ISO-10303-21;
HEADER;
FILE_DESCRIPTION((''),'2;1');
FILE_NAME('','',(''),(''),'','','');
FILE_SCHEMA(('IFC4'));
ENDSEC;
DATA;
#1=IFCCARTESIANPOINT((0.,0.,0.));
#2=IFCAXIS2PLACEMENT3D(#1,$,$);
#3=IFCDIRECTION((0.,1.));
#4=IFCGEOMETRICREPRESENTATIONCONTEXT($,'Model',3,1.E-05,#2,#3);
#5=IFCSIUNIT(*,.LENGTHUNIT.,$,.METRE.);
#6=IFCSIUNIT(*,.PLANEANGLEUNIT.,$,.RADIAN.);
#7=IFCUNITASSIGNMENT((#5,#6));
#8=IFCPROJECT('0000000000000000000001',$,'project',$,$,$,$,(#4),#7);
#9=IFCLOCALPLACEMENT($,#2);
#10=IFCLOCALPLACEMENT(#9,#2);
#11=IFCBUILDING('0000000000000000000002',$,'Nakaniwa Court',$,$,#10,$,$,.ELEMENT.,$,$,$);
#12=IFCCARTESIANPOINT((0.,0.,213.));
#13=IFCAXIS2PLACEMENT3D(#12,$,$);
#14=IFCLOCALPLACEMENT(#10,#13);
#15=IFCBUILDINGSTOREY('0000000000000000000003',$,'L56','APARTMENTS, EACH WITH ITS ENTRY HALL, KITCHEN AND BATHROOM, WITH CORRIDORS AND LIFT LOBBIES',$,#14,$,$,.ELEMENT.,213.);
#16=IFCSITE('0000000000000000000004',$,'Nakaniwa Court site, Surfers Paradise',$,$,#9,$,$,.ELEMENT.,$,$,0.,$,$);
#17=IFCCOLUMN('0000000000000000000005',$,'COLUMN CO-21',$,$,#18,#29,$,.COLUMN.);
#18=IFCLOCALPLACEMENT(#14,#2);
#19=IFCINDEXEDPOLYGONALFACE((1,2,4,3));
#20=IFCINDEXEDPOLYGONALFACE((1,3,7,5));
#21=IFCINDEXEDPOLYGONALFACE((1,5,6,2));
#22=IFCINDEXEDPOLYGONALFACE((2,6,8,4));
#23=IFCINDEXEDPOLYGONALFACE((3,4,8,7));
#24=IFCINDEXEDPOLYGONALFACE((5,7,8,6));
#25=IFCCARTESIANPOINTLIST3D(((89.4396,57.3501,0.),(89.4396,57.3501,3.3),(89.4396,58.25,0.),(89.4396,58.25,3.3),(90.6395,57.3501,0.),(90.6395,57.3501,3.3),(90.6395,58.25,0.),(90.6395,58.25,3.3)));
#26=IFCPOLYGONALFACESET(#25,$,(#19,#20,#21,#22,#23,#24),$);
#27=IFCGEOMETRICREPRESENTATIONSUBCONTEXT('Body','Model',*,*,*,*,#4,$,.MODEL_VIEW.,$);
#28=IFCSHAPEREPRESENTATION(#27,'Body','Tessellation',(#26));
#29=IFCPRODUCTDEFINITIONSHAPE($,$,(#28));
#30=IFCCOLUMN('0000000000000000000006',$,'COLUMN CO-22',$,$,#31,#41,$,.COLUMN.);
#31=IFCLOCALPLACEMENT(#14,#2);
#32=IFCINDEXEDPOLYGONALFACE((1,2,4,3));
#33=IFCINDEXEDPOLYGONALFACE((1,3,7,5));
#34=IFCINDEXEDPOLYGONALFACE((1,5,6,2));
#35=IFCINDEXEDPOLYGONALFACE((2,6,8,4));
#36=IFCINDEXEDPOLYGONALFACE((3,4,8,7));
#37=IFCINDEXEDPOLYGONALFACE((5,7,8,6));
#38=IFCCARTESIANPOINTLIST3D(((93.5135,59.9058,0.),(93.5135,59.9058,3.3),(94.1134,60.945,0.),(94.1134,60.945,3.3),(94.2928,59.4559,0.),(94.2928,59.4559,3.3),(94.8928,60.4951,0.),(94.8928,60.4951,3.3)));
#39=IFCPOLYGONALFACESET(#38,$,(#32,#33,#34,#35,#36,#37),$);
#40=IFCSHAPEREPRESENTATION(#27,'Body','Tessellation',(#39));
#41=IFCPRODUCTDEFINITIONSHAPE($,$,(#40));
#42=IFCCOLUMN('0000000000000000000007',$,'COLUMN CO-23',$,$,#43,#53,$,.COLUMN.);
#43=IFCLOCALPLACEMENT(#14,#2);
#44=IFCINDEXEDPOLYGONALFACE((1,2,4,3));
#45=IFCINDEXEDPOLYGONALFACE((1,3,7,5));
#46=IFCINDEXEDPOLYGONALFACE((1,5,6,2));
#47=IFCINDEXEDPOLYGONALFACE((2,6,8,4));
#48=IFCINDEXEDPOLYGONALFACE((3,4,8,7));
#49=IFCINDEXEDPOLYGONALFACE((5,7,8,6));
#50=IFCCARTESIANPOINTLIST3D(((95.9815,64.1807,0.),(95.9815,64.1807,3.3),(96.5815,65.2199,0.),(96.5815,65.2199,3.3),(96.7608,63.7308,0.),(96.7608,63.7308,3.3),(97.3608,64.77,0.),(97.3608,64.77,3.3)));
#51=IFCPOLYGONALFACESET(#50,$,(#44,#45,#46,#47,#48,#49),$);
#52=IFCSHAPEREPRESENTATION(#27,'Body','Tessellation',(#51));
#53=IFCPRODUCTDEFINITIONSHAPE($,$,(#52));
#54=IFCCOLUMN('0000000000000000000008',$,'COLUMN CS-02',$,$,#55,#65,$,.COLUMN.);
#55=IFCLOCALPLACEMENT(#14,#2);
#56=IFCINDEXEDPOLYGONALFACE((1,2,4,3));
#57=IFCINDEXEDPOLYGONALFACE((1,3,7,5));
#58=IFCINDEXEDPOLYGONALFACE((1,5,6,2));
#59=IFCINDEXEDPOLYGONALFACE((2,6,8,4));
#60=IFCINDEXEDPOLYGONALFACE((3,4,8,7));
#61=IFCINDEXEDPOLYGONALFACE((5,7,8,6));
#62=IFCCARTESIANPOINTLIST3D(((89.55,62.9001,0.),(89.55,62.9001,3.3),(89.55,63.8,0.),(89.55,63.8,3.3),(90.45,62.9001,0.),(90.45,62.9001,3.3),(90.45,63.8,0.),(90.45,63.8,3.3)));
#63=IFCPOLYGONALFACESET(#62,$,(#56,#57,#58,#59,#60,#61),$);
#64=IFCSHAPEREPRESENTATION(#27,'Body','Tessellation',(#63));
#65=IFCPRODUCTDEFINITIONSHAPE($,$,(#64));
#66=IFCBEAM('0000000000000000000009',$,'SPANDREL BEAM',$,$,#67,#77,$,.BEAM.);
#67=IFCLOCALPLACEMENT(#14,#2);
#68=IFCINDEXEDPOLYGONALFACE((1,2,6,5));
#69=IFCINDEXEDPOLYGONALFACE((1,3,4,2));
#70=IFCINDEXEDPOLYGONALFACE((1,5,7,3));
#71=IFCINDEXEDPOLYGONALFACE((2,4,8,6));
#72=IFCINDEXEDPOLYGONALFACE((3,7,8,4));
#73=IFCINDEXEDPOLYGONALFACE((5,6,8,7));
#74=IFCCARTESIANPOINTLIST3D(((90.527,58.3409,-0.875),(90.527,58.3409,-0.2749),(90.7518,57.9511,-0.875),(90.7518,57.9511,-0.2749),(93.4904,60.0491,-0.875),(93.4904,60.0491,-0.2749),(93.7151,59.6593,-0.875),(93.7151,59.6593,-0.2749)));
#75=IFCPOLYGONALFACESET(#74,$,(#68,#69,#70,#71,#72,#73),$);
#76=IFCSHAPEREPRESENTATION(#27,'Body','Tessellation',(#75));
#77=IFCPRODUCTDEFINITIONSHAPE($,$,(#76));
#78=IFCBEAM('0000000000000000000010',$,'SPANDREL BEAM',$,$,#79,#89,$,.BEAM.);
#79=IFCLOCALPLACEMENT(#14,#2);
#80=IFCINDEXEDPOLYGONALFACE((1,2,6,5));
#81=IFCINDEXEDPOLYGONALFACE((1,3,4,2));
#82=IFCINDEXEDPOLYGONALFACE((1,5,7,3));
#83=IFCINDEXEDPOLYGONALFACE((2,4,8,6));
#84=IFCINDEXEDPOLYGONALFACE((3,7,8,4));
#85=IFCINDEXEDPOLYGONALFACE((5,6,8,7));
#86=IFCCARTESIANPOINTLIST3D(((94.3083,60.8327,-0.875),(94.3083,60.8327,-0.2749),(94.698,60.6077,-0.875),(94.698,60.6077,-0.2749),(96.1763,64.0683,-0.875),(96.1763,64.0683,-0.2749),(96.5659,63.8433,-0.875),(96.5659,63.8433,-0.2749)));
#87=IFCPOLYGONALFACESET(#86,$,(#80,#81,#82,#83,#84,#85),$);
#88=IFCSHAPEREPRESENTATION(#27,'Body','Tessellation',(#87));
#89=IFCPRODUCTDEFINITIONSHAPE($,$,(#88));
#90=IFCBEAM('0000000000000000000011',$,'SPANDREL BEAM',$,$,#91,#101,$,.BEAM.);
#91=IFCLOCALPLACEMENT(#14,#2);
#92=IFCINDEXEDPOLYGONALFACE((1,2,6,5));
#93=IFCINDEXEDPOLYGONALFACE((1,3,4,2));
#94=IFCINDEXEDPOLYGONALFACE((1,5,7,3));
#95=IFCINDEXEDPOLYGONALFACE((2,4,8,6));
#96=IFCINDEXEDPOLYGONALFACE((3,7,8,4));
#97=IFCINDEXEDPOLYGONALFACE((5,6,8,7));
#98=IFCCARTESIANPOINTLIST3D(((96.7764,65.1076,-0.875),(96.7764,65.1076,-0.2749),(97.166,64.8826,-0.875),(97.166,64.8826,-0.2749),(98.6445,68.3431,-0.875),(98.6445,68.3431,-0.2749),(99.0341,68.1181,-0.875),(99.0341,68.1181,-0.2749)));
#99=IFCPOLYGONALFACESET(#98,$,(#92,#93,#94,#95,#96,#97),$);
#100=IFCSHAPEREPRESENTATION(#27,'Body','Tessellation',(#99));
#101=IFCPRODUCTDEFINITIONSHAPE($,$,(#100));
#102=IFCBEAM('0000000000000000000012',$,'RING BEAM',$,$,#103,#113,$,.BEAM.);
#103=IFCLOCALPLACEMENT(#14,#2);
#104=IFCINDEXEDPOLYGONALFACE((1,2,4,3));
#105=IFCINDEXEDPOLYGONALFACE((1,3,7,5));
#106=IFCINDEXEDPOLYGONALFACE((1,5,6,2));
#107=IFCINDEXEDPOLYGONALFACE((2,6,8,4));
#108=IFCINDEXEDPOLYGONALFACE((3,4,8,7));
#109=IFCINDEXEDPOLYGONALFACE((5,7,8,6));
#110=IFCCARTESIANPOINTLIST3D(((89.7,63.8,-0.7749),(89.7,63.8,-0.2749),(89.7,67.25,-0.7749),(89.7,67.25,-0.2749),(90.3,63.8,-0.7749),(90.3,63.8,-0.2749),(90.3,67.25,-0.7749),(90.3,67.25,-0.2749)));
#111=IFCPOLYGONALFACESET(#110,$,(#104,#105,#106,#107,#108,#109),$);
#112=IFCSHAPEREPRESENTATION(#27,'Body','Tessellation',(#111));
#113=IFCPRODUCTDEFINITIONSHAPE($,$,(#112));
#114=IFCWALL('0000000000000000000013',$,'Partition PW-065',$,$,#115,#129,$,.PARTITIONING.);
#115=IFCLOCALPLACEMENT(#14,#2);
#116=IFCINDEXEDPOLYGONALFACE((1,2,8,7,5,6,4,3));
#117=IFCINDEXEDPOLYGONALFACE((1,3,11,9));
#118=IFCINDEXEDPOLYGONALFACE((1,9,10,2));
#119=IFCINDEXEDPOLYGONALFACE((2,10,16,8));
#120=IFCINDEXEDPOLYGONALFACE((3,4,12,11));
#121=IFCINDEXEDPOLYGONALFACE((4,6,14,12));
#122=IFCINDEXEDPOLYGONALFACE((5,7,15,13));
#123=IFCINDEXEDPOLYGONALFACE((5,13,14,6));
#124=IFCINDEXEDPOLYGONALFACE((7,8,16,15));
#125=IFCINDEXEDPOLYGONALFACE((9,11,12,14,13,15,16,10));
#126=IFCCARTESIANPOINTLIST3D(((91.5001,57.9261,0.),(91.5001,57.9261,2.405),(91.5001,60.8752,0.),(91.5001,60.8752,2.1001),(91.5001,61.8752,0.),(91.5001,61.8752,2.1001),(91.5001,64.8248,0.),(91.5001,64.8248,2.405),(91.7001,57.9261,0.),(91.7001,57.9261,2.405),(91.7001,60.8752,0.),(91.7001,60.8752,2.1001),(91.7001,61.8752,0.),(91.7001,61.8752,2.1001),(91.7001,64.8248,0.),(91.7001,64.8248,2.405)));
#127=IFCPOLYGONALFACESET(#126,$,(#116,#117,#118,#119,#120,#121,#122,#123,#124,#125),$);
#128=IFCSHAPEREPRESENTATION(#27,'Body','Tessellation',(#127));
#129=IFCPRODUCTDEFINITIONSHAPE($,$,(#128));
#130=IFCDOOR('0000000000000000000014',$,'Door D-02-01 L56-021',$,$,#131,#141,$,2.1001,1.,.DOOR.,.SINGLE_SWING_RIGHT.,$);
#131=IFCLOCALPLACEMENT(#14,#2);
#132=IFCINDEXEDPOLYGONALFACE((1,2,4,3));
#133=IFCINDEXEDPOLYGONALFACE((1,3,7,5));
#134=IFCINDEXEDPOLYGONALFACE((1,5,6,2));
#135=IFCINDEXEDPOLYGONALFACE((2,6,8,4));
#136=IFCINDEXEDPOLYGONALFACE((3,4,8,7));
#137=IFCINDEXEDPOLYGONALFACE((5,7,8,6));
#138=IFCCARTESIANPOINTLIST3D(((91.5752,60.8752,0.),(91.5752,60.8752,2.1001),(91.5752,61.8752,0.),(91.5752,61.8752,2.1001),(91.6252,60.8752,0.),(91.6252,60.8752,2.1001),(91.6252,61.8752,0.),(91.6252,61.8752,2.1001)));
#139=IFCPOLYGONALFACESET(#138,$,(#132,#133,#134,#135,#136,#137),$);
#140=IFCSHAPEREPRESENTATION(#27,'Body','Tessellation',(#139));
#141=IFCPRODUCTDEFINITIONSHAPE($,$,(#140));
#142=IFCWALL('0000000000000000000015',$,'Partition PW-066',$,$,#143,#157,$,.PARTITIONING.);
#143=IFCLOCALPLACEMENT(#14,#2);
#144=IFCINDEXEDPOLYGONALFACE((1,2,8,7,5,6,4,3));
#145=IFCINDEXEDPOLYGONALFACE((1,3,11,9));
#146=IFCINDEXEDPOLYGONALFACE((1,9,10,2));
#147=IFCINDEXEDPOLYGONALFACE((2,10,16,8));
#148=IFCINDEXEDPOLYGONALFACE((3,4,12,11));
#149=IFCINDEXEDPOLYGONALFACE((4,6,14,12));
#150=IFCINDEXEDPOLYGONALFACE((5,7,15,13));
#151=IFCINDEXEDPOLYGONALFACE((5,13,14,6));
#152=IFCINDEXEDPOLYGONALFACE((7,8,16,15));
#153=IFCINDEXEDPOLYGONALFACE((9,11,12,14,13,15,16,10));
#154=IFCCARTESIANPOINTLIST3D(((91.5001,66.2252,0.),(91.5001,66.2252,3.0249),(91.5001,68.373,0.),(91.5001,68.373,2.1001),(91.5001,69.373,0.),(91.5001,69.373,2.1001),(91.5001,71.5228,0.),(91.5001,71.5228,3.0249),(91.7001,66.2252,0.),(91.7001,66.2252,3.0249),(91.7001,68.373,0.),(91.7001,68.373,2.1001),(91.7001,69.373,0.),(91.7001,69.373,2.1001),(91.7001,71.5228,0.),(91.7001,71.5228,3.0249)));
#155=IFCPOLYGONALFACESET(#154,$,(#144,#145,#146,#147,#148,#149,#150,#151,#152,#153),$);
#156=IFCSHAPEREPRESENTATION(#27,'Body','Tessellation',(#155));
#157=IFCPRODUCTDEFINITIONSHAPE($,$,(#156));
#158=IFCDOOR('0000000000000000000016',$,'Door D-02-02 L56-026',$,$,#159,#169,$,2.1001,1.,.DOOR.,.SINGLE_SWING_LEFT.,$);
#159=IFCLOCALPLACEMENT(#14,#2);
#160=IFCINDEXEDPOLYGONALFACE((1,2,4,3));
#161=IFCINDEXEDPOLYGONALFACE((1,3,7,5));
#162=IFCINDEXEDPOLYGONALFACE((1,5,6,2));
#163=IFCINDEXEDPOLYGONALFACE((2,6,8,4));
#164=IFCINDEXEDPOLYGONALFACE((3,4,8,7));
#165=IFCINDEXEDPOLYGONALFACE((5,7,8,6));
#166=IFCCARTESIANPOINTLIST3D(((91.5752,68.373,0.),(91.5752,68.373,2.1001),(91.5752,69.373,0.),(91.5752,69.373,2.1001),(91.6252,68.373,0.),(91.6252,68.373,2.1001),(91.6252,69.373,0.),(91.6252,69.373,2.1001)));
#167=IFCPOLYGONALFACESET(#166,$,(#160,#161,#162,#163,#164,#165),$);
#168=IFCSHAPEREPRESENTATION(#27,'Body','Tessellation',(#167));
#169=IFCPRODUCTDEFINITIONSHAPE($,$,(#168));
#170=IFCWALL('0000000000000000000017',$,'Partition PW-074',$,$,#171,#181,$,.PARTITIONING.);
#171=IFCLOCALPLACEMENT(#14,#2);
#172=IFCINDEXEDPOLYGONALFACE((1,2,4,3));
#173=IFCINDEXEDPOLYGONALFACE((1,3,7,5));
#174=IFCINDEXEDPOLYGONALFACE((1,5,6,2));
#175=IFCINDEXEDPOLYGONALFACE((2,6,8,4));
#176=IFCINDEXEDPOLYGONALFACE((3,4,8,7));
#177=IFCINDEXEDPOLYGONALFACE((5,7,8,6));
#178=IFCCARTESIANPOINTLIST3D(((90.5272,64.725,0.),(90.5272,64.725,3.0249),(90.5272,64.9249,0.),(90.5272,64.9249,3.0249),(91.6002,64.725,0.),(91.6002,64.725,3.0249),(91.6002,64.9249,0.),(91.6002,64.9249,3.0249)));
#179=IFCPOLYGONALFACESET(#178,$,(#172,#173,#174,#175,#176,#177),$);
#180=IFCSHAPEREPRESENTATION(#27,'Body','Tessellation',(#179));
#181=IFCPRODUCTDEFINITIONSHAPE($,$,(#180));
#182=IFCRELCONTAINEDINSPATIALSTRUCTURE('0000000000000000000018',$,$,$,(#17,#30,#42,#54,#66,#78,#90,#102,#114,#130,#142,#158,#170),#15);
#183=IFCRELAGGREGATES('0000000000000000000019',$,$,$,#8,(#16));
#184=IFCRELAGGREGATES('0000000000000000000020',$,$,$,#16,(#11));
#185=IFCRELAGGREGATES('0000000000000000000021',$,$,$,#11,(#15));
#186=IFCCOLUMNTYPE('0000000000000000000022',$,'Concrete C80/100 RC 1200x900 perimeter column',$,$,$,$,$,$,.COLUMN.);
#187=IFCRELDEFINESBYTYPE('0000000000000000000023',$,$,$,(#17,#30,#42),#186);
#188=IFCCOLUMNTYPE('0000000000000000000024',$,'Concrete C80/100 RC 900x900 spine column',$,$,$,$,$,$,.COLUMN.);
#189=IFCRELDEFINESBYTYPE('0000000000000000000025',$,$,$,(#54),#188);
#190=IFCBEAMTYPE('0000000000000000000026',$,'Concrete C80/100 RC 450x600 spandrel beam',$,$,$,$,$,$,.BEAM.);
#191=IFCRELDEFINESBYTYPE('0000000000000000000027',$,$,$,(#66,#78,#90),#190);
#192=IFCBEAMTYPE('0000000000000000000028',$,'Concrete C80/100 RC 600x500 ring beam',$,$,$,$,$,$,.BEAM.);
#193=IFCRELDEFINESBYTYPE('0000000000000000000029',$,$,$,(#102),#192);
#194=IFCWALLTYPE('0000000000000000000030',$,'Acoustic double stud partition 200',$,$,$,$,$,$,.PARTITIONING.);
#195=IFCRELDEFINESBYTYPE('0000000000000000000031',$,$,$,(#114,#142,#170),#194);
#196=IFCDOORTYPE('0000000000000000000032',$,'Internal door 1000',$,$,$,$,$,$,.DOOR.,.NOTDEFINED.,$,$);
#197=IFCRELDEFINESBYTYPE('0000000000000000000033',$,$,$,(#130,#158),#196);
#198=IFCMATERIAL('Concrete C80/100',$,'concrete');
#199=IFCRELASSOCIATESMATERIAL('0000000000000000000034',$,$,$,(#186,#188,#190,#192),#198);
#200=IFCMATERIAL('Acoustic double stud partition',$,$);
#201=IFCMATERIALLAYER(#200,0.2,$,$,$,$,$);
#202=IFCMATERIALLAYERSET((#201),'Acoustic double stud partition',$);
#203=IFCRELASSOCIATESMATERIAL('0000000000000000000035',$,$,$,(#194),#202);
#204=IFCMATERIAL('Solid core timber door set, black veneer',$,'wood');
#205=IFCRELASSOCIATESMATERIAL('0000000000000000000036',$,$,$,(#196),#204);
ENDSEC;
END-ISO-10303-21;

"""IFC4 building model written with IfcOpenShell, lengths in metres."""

from ifc_helpers import new_model, si_unit, direction, frame, frame_2d, origin, origin_2d, place, context, subcontext, project, spatial, rectangle, extrude, material, layer, layer_set, material_profile, profile_set, type_object, element, fill, save


model = new_model("IFC4")

# Units and contexts
model_context = context("Model", 3, precision=1e-05, world=origin(), true_north=direction((0.0, 1.0)))
body_context = subcontext(model_context, "Body", "Model", "MODEL_VIEW")
ifc_project = project(units=[si_unit("LENGTHUNIT", "METRE"), si_unit("PLANEANGLEUNIT", "RADIAN")], contexts=[model_context])

# Site, building, storey
site_placement = place(None, origin())
site = spatial("IfcSite", under=ifc_project, at=site_placement, Name="Nakaniwa Court site, Surfers Paradise", CompositionType="ELEMENT", RefElevation=0.0)
building_placement = place(site_placement, origin())
building = spatial("IfcBuilding", under=site, at=building_placement, Name="Nakaniwa Court", CompositionType="ELEMENT")
storey_placement = place(building_placement, frame((0.0, 0.0, 213.0)))
storey = spatial("IfcBuildingStorey", under=building, at=storey_placement, Name="L56", Description="APARTMENTS, EACH WITH ITS ENTRY HALL, KITCHEN AND BATHROOM, WITH CORRIDORS AND LIFT LOBBIES", CompositionType="ELEMENT", Elevation=213.0)

# Columns
ifc_material_1 = material(Name="Concrete C80/100", Category="concrete")
ifc_material_profile_1 = material_profile(ifc_material_1, rectangle(XDim=1.2, YDim=0.8999, at=origin_2d()), Name="Concrete C80/100 RC 1200x900 perimeter column")
ifc_profile_set_1 = profile_set([ifc_material_profile_1], Name="Concrete C80/100")
column_type_1 = type_object("IfcColumnType", Name="Concrete C80/100 RC 1200x900 perimeter column", PredefinedType="COLUMN", material=ifc_profile_set_1)
for number, where, z_axis, x_axis, name in (
    (1, (90.0396, 57.8, 0.0), (0.0, 0.0, 1.0), (1.0, 0.0, 0.0), "COLUMN CO-21"),
    (2, (94.2031, 60.2004, 0.0), (0.0, 0.0, 1.0), (0.5, 0.866025, 0.0), "COLUMN CO-22"),
    (3, (96.6711, 64.4753, 0.0), (0.0, 0.0, 1.0), (0.5, 0.866025, 0.0), "COLUMN CO-23"),
):
    element("IfcColumn", number, at=place(storey_placement, frame(where, z_axis=z_axis, x_axis=x_axis)), inside=storey, type_object=column_type_1, Name=name, PredefinedType="COLUMN", context=body_context, shape_type="SweptSolid", body=[
        extrude(rectangle(XDim=1.2, YDim=0.8999, at=origin_2d()), origin(), (0.0, 0.0, 1.0), 3.3),
    ])
ifc_material_profile_2 = material_profile(ifc_material_1, rectangle(XDim=0.8999, YDim=0.8999, at=origin_2d()), Name="Concrete C80/100 RC 900x900 spine column")
ifc_profile_set_2 = profile_set([ifc_material_profile_2], Name="Concrete C80/100")
column_type_2 = type_object("IfcColumnType", Name="Concrete C80/100 RC 900x900 spine column", PredefinedType="COLUMN", material=ifc_profile_set_2)
column_placement = place(storey_placement, frame((90.0, 63.3501, 0.0), z_axis=(0.0, 0.0, 1.0), x_axis=(0.0, 1.0, 0.0)))
element("IfcColumn", 4, at=column_placement, inside=storey, type_object=column_type_2, Name="COLUMN CS-02", PredefinedType="COLUMN", context=body_context, shape_type="SweptSolid", body=[
    extrude(rectangle(XDim=0.8999, YDim=0.8999, at=origin_2d()), origin(), (0.0, 0.0, 1.0), 3.3),
])

# Beams
ifc_material_profile_3 = material_profile(ifc_material_1, rectangle(XDim=0.45, YDim=0.6001, at=origin_2d()), Name="Concrete C80/100 RC 450x600 spandrel beam")
ifc_profile_set_3 = profile_set([ifc_material_profile_3], Name="Concrete C80/100")
beam_type_1 = type_object("IfcBeamType", Name="Concrete C80/100 RC 450x600 spandrel beam", PredefinedType="BEAM", material=ifc_profile_set_3)
beam_1_placement = place(storey_placement, frame((90.6394, 58.146, -0.575), z_axis=(0.866361, 0.499418, 0.0), x_axis=(-0.499418, 0.866361, 0.0)))
element("IfcBeam", 5, at=beam_1_placement, inside=storey, type_object=beam_type_1, Name="SPANDREL BEAM", PredefinedType="BEAM", context=body_context, shape_type="SweptSolid", body=[
    extrude(rectangle(XDim=0.45, YDim=0.6001, at=origin_2d()), origin(), (0.0, 0.0, 1.0), 3.4204),
])
for number, where, z_axis, x_axis, name in (
    (6, (94.5032, 60.7202, -0.575), (0.499969, 0.866043, 0.0), (-0.866043, 0.499969, 0.0), "SPANDREL BEAM"),
    (7, (96.9712, 64.9951, -0.575), (0.500018, 0.866015, 0.0), (-0.866015, 0.500018, 0.0), "SPANDREL BEAM"),
):
    element("IfcBeam", number, at=place(storey_placement, frame(where, z_axis=z_axis, x_axis=x_axis)), inside=storey, type_object=beam_type_1, Name=name, PredefinedType="BEAM", context=body_context, shape_type="SweptSolid", body=[
        extrude(rectangle(XDim=0.45, YDim=0.6001, at=origin_2d()), origin(), (0.0, 0.0, 1.0), 3.7361),
    ])
ifc_material_profile_4 = material_profile(ifc_material_1, rectangle(XDim=0.6001, YDim=0.5, at=origin_2d()), Name="Concrete C80/100 RC 600x500 ring beam")
ifc_profile_set_4 = profile_set([ifc_material_profile_4], Name="Concrete C80/100")
beam_type_2 = type_object("IfcBeamType", Name="Concrete C80/100 RC 600x500 ring beam", PredefinedType="BEAM", material=ifc_profile_set_4)
beam_2_placement = place(storey_placement, frame((90.0, 63.8, -0.5249), z_axis=(0.0, 1.0, 0.0), x_axis=(-1.0, 0.0, 0.0)))
element("IfcBeam", 8, at=beam_2_placement, inside=storey, type_object=beam_type_2, Name="RING BEAM", PredefinedType="BEAM", context=body_context, shape_type="SweptSolid", body=[
    extrude(rectangle(XDim=0.6001, YDim=0.5, at=origin_2d()), origin(), (0.0, 0.0, 1.0), 3.45),
])

# Walls, openings, doors
ifc_material_2 = material(Name="Acoustic double stud partition")
ifc_layer_1 = layer(ifc_material_2, 0.2)
ifc_layer_set_1 = layer_set([ifc_layer_1], Name="Acoustic double stud partition")
wall_type_1 = type_object("IfcWallType", Name="Acoustic double stud partition 200", PredefinedType="PARTITIONING", material=ifc_layer_set_1)
wall_1_placement = place(storey_placement, frame((91.6001, 57.9263, 0.0), z_axis=(0.0, 0.0, 1.0), x_axis=(0.0, 1.0, 0.0)))
wall_1 = element("IfcWall", 9, at=wall_1_placement, inside=storey, type_object=wall_type_1, Name="Partition PW-065", PredefinedType="PARTITIONING", context=body_context, shape_type="SweptSolid", body=[
    extrude(rectangle(XDim=6.8987, YDim=0.2, at=frame_2d((3.4492, 0.0))), origin(), (0.0, 0.0, 1.0), 2.405),
])
opening_1_placement = place(wall_1_placement, frame((2.949, 0.0, 0.0)))
opening_1 = element("IfcOpeningElement", 10, at=opening_1_placement, cuts=wall_1, PredefinedType="OPENING", context=body_context, shape_type="SweptSolid", body=[
    extrude(rectangle(XDim=1.0, YDim=2.1001, at=frame_2d((0.5, 1.05))), frame((0.0, 0.1099, 0.0), z_axis=(0.0, -1.0, 0.0), x_axis=(1.0, 0.0, 0.0)), (0.0, 0.0, 1.0), 0.22),
])
ifc_material_3 = material(Name="Solid core timber door set, black veneer", Category="wood")
door_type_1 = type_object("IfcDoorType", Name="Internal door 1000", OperationType="NOTDEFINED", PredefinedType="DOOR", material=ifc_material_3)
door_1_placement = place(opening_1_placement, origin())
door_1 = element("IfcDoor", 11, at=door_1_placement, inside=storey, type_object=door_type_1, Name="Door D-02-01 L56-021", OperationType="SINGLE_SWING_RIGHT", OverallHeight=2.1001, OverallWidth=1.0, PredefinedType="DOOR", context=body_context, shape_type="SweptSolid", body=[
    extrude(rectangle(XDim=1.0, YDim=2.1001, at=frame_2d((0.5, 1.05))), frame((0.0, 0.0249, 0.0), z_axis=(0.0, -1.0, 0.0), x_axis=(1.0, 0.0, 0.0)), (0.0, 0.0, 1.0), 0.05),
])
fill(opening_1, door_1)
wall_2_placement = place(storey_placement, frame((91.6001, 66.2251, 0.0), z_axis=(0.0, 0.0, 1.0), x_axis=(0.0, 1.0, 0.0)))
wall_2 = element("IfcWall", 12, at=wall_2_placement, inside=storey, type_object=wall_type_1, Name="Partition PW-066", PredefinedType="PARTITIONING", context=body_context, shape_type="SweptSolid", body=[
    extrude(rectangle(XDim=5.2976, YDim=0.2, at=frame_2d((2.6489, 0.0))), origin(), (0.0, 0.0, 1.0), 3.0249),
])
opening_2_placement = place(wall_2_placement, frame((2.1479, 0.0, 0.0)))
opening_2 = element("IfcOpeningElement", 13, at=opening_2_placement, cuts=wall_2, PredefinedType="OPENING", context=body_context, shape_type="SweptSolid", body=[
    extrude(rectangle(XDim=1.0, YDim=2.1001, at=frame_2d((0.5, 1.05))), frame((0.0, 0.1099, 0.0), z_axis=(0.0, -1.0, 0.0), x_axis=(1.0, 0.0, 0.0)), (0.0, 0.0, 1.0), 0.22),
])
door_2_placement = place(opening_2_placement, origin())
door_2 = element("IfcDoor", 14, at=door_2_placement, inside=storey, type_object=door_type_1, Name="Door D-02-02 L56-026", OperationType="SINGLE_SWING_LEFT", OverallHeight=2.1001, OverallWidth=1.0, PredefinedType="DOOR", context=body_context, shape_type="SweptSolid", body=[
    extrude(rectangle(XDim=1.0, YDim=2.1001, at=frame_2d((0.5, 1.05))), frame((0.0, 0.0249, 0.0), z_axis=(0.0, -1.0, 0.0), x_axis=(1.0, 0.0, 0.0)), (0.0, 0.0, 1.0), 0.05),
])
fill(opening_2, door_2)

# Wall
wall_3_placement = place(storey_placement, frame((90.5271, 64.825, 0.0), z_axis=(0.0, 0.0, 1.0), x_axis=(1.0, 0.0, 0.0)))
element("IfcWall", 15, at=wall_3_placement, inside=storey, type_object=wall_type_1, Name="Partition PW-074", PredefinedType="PARTITIONING", context=body_context, shape_type="SweptSolid", body=[
    extrude(rectangle(XDim=1.073, YDim=0.2, at=frame_2d((0.5366, 0.0))), origin(), (0.0, 0.0, 1.0), 3.0249),
])

save(model, "model.ifc")
